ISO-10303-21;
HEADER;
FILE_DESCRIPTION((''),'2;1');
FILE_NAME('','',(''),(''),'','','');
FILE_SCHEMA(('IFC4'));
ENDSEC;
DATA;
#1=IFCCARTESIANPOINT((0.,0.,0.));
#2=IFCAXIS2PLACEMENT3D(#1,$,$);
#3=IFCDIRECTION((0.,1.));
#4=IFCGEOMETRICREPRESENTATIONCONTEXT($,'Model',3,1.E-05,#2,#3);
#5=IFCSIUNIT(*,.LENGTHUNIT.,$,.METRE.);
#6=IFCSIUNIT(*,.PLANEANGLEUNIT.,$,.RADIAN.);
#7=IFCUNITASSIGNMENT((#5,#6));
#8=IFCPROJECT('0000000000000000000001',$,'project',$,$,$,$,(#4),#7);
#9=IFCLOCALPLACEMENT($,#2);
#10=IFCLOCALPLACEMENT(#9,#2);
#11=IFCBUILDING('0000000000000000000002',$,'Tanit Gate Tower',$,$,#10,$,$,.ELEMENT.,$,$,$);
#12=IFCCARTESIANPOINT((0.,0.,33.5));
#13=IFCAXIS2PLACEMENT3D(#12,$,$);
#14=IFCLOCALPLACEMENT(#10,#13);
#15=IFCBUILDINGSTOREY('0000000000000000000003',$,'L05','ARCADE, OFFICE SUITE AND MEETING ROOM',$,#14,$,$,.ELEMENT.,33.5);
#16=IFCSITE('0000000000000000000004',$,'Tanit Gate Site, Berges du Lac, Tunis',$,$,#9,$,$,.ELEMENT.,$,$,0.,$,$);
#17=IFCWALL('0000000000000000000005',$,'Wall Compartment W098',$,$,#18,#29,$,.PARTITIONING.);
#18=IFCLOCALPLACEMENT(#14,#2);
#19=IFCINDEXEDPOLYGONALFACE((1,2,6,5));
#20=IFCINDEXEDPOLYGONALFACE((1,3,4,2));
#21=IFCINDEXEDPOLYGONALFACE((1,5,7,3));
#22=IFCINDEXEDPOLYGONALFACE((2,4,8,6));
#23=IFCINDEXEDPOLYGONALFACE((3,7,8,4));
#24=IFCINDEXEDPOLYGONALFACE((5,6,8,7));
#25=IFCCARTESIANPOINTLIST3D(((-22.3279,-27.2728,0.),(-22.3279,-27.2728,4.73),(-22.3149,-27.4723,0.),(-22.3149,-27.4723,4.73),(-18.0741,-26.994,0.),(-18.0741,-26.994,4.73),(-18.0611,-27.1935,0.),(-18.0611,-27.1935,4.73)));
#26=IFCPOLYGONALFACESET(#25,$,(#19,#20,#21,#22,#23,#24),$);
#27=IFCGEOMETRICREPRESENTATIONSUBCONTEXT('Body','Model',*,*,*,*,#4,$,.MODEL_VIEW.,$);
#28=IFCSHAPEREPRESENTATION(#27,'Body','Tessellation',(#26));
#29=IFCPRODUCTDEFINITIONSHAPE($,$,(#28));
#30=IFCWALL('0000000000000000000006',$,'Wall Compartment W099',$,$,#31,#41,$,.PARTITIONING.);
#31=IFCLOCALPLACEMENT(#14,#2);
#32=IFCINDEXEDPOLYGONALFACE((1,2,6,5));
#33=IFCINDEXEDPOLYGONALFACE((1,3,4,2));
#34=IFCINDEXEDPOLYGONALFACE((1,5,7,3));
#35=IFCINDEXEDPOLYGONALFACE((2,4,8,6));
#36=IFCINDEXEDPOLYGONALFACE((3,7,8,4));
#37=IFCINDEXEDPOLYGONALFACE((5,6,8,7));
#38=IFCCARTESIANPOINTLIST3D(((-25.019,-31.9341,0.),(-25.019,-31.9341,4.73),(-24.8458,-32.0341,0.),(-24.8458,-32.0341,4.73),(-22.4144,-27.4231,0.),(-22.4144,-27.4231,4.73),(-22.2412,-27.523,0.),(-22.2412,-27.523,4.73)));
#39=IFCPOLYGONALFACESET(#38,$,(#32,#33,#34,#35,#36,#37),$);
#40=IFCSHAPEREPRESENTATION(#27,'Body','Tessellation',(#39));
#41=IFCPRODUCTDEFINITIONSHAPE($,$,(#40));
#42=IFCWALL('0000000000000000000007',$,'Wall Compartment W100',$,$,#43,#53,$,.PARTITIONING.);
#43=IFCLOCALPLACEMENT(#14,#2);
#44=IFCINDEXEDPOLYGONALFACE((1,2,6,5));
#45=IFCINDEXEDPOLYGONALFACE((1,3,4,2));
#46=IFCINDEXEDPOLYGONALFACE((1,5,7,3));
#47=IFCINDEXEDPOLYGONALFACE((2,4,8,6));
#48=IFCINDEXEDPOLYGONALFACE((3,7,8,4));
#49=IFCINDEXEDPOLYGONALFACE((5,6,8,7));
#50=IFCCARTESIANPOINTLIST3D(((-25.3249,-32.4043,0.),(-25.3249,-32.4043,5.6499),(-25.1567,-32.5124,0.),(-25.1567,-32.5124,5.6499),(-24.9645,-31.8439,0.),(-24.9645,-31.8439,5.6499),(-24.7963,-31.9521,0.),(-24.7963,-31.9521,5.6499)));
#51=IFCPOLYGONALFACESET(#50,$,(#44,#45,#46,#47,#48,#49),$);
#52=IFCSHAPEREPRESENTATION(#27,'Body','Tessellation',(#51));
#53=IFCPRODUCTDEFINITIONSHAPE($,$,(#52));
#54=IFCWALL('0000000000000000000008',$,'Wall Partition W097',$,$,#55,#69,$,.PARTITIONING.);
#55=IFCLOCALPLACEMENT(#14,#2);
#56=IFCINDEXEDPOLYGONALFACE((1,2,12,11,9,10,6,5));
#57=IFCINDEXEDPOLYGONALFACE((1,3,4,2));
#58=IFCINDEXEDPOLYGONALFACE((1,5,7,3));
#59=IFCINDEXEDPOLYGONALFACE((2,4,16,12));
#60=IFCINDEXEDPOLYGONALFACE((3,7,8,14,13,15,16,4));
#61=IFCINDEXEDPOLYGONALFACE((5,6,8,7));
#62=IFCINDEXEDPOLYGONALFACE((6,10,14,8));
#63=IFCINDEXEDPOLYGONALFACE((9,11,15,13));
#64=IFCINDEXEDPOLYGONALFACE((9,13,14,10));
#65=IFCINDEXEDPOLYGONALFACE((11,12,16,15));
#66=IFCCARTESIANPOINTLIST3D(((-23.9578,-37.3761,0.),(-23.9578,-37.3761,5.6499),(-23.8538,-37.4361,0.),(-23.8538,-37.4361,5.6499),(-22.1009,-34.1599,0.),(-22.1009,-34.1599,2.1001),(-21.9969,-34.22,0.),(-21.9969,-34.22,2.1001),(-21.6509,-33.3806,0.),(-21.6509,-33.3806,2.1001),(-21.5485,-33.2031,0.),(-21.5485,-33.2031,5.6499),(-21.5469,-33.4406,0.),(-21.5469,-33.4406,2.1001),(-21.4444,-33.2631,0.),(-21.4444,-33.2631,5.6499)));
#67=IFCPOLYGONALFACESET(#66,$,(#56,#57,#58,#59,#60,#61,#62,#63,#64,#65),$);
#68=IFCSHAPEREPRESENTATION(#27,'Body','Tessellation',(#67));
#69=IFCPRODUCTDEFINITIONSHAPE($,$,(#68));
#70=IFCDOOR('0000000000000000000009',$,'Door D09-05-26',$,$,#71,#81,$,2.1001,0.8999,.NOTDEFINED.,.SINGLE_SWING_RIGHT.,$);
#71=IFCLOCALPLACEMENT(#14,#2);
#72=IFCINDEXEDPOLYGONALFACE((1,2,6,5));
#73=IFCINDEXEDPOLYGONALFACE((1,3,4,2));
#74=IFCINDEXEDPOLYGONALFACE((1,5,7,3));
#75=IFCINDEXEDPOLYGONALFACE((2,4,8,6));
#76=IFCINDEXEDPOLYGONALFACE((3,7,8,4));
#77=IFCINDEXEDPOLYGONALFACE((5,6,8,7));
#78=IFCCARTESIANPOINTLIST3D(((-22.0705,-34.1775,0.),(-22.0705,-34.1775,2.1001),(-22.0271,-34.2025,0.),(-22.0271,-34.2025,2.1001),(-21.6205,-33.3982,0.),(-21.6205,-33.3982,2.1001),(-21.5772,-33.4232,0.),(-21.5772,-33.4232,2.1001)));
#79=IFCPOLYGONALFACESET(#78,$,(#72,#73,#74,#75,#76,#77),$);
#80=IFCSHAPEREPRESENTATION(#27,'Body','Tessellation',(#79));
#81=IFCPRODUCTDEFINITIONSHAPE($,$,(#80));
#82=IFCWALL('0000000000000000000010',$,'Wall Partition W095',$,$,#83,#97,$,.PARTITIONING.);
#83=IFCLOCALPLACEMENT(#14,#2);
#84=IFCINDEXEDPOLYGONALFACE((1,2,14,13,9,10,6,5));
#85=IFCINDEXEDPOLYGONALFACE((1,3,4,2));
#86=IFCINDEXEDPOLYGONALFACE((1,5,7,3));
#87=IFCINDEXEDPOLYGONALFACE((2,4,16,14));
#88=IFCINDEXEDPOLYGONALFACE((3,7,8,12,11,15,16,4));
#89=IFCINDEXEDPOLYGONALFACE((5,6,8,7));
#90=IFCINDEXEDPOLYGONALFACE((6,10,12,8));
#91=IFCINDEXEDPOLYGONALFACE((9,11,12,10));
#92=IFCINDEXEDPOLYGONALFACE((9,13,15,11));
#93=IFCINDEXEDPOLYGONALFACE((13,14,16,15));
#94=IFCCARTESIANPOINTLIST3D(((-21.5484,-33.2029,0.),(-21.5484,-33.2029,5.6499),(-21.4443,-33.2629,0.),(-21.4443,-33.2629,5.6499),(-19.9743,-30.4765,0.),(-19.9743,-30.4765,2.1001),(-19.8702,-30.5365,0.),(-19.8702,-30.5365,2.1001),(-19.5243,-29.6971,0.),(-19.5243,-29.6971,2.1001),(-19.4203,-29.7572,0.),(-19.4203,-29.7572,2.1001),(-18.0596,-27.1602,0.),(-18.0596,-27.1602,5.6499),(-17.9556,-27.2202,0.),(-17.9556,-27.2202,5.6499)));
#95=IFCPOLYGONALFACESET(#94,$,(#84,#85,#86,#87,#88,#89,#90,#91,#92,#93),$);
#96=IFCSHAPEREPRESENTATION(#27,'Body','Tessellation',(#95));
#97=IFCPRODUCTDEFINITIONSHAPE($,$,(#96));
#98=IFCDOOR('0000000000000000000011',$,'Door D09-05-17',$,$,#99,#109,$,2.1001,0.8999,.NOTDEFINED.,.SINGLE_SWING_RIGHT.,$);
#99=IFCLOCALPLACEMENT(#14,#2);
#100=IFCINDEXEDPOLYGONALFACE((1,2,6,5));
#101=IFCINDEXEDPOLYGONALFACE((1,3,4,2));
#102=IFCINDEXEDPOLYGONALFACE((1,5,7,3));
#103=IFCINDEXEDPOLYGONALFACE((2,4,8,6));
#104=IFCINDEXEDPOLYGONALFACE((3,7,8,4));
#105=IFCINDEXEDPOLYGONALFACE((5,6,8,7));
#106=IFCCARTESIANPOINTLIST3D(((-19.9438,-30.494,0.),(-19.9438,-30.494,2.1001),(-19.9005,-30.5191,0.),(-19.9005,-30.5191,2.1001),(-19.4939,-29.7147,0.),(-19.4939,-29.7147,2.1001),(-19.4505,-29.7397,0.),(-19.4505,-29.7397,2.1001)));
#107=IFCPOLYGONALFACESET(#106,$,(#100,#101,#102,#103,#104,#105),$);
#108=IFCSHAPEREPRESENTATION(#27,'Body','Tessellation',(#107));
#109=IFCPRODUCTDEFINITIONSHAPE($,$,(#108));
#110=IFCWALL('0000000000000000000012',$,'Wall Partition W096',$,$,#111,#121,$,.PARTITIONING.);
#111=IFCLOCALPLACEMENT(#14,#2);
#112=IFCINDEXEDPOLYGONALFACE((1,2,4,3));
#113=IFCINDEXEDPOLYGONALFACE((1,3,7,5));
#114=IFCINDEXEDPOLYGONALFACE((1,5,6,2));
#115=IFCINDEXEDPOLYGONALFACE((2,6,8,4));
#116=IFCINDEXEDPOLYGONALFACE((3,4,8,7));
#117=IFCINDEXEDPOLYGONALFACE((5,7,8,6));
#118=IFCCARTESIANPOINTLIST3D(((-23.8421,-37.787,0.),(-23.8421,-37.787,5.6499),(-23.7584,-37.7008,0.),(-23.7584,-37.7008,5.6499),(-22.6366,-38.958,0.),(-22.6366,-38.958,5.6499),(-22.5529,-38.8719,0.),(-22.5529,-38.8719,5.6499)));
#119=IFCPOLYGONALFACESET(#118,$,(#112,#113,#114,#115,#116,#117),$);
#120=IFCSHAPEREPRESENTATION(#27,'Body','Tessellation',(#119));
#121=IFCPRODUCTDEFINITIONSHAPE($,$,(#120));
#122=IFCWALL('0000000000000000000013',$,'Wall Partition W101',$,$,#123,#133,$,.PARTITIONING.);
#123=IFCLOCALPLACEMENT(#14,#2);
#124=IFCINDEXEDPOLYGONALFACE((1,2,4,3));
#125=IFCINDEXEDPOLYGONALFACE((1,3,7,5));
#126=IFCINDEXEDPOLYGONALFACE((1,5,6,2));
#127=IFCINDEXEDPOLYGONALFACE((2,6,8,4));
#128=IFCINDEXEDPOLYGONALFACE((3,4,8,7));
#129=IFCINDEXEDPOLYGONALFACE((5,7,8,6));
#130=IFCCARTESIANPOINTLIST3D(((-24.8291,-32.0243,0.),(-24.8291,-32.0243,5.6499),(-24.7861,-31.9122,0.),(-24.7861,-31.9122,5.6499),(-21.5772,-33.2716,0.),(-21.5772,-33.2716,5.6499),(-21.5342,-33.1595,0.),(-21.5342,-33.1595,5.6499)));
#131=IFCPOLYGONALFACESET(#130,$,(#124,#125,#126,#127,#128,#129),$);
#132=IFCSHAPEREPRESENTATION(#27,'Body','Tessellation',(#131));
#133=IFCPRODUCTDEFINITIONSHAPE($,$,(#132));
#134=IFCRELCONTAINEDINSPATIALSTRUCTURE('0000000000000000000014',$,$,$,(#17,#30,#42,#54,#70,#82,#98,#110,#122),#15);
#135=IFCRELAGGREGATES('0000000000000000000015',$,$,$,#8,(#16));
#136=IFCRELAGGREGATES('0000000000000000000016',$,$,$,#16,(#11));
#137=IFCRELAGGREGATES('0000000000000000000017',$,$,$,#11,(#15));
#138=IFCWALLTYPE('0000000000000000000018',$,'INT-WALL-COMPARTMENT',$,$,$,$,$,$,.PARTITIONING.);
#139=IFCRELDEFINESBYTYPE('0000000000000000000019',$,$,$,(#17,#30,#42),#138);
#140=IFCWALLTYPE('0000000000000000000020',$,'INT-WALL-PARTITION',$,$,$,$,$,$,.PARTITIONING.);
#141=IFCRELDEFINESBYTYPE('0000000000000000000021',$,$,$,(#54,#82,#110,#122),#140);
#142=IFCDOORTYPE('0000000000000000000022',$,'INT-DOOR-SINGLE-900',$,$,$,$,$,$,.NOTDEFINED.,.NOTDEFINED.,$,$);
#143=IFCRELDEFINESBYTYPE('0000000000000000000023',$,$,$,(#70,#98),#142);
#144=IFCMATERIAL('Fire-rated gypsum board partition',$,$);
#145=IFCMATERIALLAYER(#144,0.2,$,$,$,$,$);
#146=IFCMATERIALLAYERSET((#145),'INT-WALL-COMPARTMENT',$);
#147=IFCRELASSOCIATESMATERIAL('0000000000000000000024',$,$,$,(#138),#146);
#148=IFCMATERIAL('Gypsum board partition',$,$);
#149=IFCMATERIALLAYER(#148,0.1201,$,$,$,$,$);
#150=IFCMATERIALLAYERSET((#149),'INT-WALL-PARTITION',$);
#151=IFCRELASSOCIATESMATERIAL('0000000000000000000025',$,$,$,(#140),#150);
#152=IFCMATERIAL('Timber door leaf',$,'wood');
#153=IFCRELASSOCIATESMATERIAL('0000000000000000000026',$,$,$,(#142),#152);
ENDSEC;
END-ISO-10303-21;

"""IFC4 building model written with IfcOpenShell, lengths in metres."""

from ifc_helpers import new_model, si_unit, direction, frame, frame_2d, origin, place, context, subcontext, project, spatial, rectangle, extrude, material, layer, layer_set, type_object, element, fill, save


model = new_model("IFC4")

# Units and contexts
model_context = context("Model", 3, precision=1e-05, world=origin(), true_north=direction((0.0, 1.0)))
body_context = subcontext(model_context, "Body", "Model", "MODEL_VIEW")
ifc_project = project(units=[si_unit("LENGTHUNIT", "METRE"), si_unit("PLANEANGLEUNIT", "RADIAN")], contexts=[model_context])

# Site, building, storey
site_placement = place(None, origin())
site = spatial("IfcSite", under=ifc_project, at=site_placement, Name="Tanit Gate Site, Berges du Lac, Tunis", CompositionType="ELEMENT", RefElevation=0.0)
building_placement = place(site_placement, origin())
building = spatial("IfcBuilding", under=site, at=building_placement, Name="Tanit Gate Tower", CompositionType="ELEMENT")
storey_placement = place(building_placement, frame((0.0, 0.0, 33.5)))
storey = spatial("IfcBuildingStorey", under=building, at=storey_placement, Name="L05", Description="ARCADE, OFFICE SUITE AND MEETING ROOM", CompositionType="ELEMENT", Elevation=33.5)

# Walls
ifc_material_1 = material(Name="Fire-rated gypsum board partition")
ifc_layer_1 = layer(ifc_material_1, 0.2)
ifc_layer_set_1 = layer_set([ifc_layer_1], Name="INT-WALL-COMPARTMENT")
wall_type_1 = type_object("IfcWallType", Name="INT-WALL-COMPARTMENT", PredefinedType="PARTITIONING", material=ifc_layer_set_1)
wall_1_placement = place(storey_placement, frame((-22.3213, -27.3726, 0.0), z_axis=(0.0, 0.0, 1.0), x_axis=(0.997859, 0.065401, 0.0)))
element("IfcWall", 1, at=wall_1_placement, inside=storey, type_object=wall_type_1, Name="Wall Compartment W098", PredefinedType="PARTITIONING", context=body_context, shape_type="SweptSolid", body=[
    extrude(rectangle(XDim=4.2629, YDim=0.2, at=frame_2d((2.1313, 0.0))), origin(), (0.0, 0.0, 1.0), 4.73),
])
wall_2_placement = place(storey_placement, frame((-24.9324, -31.9841, 0.0), z_axis=(0.0, 0.0, 1.0), x_axis=(0.500011, 0.866019, 0.0)))
element("IfcWall", 2, at=wall_2_placement, inside=storey, type_object=wall_type_1, Name="Wall Compartment W099", PredefinedType="PARTITIONING", context=body_context, shape_type="SweptSolid", body=[
    extrude(rectangle(XDim=5.209, YDim=0.2, at=frame_2d((2.6045, 0.0))), origin(), (0.0, 0.0, 1.0), 4.73),
])
wall_3_placement = place(storey_placement, frame((-25.2407, -32.4583, 0.0), z_axis=(0.0, 0.0, 1.0), x_axis=(0.540924, 0.841071, 0.0)))
element("IfcWall", 3, at=wall_3_placement, inside=storey, type_object=wall_type_1, Name="Wall Compartment W100", PredefinedType="PARTITIONING", context=body_context, shape_type="SweptSolid", body=[
    extrude(rectangle(XDim=0.6663, YDim=0.2, at=frame_2d((0.333, 0.0))), origin(), (0.0, 0.0, 1.0), 5.6499),
])

# Walls, openings, doors
ifc_material_2 = material(Name="Gypsum board partition")
ifc_layer_2 = layer(ifc_material_2, 0.1201)
ifc_layer_set_2 = layer_set([ifc_layer_2], Name="INT-WALL-PARTITION")
wall_type_2 = type_object("IfcWallType", Name="INT-WALL-PARTITION", PredefinedType="PARTITIONING", material=ifc_layer_set_2)
wall_4_placement = place(storey_placement, frame((-23.9058, -37.406, 0.0), z_axis=(0.0, 0.0, 1.0), x_axis=(0.500013, 0.866018, 0.0)))
wall_4 = element("IfcWall", 4, at=wall_4_placement, inside=storey, type_object=wall_type_2, Name="Wall Partition W097", PredefinedType="PARTITIONING", context=body_context, shape_type="SweptSolid", body=[
    extrude(rectangle(XDim=4.8186, YDim=0.1201, at=frame_2d((2.4092, 0.0))), origin(), (0.0, 0.0, 1.0), 5.6499),
])
opening_1_placement = place(wall_4_placement, frame((3.7136, 0.0, 0.0)))
opening_1 = element("IfcOpeningElement", 5, at=opening_1_placement, cuts=wall_4, PredefinedType="OPENING", context=body_context, shape_type="SweptSolid", body=[
    extrude(rectangle(XDim=0.8999, YDim=2.1001, at=frame_2d((0.45, 1.05))), frame((0.0, 0.0701, 0.0), z_axis=(0.0, -1.0, 0.0), x_axis=(1.0, 0.0, 0.0)), (0.0, 0.0, 1.0), 0.1401),
])
ifc_material_3 = material(Name="Timber door leaf", Category="wood")
door_type = type_object("IfcDoorType", Name="INT-DOOR-SINGLE-900", OperationType="NOTDEFINED", PredefinedType="NOTDEFINED", material=ifc_material_3)
door_1_placement = place(opening_1_placement, origin())
door_1 = element("IfcDoor", 6, at=door_1_placement, inside=storey, type_object=door_type, Name="Door D09-05-26", OperationType="SINGLE_SWING_RIGHT", OverallHeight=2.1001, OverallWidth=0.8999, PredefinedType="NOTDEFINED", context=body_context, shape_type="SweptSolid", body=[
    extrude(rectangle(XDim=0.8999, YDim=2.1001, at=frame_2d((0.45, 1.05))), frame((0.0, 0.0249, 0.0), z_axis=(0.0, -1.0, 0.0), x_axis=(1.0, 0.0, 0.0)), (0.0, 0.0, 1.0), 0.05),
])
fill(opening_1, door_1)
wall_5_placement = place(storey_placement, frame((-21.4963, -33.2329, 0.0), z_axis=(0.0, 0.0, 1.0), x_axis=(0.5, 0.866025, 0.0)))
wall_5 = element("IfcWall", 7, at=wall_5_placement, inside=storey, type_object=wall_type_2, Name="Wall Partition W095", PredefinedType="PARTITIONING", context=body_context, shape_type="SweptSolid", body=[
    extrude(rectangle(XDim=6.9775, YDim=0.1201, at=frame_2d((3.4888, 0.0))), origin(), (0.0, 0.0, 1.0), 5.6499),
])
opening_2_placement = place(wall_5_placement, frame((3.1482, 0.0, 0.0)))
opening_2 = element("IfcOpeningElement", 8, at=opening_2_placement, cuts=wall_5, PredefinedType="OPENING", context=body_context, shape_type="SweptSolid", body=[
    extrude(rectangle(XDim=0.8999, YDim=2.1001, at=frame_2d((0.45, 1.05))), frame((0.0, 0.0701, 0.0), z_axis=(0.0, -1.0, 0.0), x_axis=(1.0, 0.0, 0.0)), (0.0, 0.0, 1.0), 0.1401),
])
door_2_placement = place(opening_2_placement, origin())
door_2 = element("IfcDoor", 9, at=door_2_placement, inside=storey, type_object=door_type, Name="Door D09-05-17", OperationType="SINGLE_SWING_RIGHT", OverallHeight=2.1001, OverallWidth=0.8999, PredefinedType="NOTDEFINED", context=body_context, shape_type="SweptSolid", body=[
    extrude(rectangle(XDim=0.8999, YDim=2.1001, at=frame_2d((0.45, 1.05))), frame((0.0, 0.0249, 0.0), z_axis=(0.0, -1.0, 0.0), x_axis=(1.0, 0.0, 0.0)), (0.0, 0.0, 1.0), 0.05),
])
fill(opening_2, door_2)

# Walls
wall_6_placement = place(storey_placement, frame((-23.8003, -37.7439, 0.0), z_axis=(0.0, 0.0, 1.0), x_axis=(0.717273, -0.696792, 0.0)))
element("IfcWall", 10, at=wall_6_placement, inside=storey, type_object=wall_type_2, Name="Wall Partition W096", PredefinedType="PARTITIONING", context=body_context, shape_type="SweptSolid", body=[
    extrude(rectangle(XDim=1.6807, YDim=0.1201, at=frame_2d((0.8403, 0.0))), origin(), (0.0, 0.0, 1.0), 5.6499),
])
wall_7_placement = place(storey_placement, frame((-24.8076, -31.9683, 0.0), z_axis=(0.0, 0.0, 1.0), x_axis=(0.933676, -0.358119, 0.0)))
element("IfcWall", 11, at=wall_7_placement, inside=storey, type_object=wall_type_2, Name="Wall Partition W101", PredefinedType="PARTITIONING", context=body_context, shape_type="SweptSolid", body=[
    extrude(rectangle(XDim=3.4829, YDim=0.1201, at=frame_2d((1.7415, 0.0))), origin(), (0.0, 0.0, 1.0), 5.6499),
])

save(model, "model.ifc")
